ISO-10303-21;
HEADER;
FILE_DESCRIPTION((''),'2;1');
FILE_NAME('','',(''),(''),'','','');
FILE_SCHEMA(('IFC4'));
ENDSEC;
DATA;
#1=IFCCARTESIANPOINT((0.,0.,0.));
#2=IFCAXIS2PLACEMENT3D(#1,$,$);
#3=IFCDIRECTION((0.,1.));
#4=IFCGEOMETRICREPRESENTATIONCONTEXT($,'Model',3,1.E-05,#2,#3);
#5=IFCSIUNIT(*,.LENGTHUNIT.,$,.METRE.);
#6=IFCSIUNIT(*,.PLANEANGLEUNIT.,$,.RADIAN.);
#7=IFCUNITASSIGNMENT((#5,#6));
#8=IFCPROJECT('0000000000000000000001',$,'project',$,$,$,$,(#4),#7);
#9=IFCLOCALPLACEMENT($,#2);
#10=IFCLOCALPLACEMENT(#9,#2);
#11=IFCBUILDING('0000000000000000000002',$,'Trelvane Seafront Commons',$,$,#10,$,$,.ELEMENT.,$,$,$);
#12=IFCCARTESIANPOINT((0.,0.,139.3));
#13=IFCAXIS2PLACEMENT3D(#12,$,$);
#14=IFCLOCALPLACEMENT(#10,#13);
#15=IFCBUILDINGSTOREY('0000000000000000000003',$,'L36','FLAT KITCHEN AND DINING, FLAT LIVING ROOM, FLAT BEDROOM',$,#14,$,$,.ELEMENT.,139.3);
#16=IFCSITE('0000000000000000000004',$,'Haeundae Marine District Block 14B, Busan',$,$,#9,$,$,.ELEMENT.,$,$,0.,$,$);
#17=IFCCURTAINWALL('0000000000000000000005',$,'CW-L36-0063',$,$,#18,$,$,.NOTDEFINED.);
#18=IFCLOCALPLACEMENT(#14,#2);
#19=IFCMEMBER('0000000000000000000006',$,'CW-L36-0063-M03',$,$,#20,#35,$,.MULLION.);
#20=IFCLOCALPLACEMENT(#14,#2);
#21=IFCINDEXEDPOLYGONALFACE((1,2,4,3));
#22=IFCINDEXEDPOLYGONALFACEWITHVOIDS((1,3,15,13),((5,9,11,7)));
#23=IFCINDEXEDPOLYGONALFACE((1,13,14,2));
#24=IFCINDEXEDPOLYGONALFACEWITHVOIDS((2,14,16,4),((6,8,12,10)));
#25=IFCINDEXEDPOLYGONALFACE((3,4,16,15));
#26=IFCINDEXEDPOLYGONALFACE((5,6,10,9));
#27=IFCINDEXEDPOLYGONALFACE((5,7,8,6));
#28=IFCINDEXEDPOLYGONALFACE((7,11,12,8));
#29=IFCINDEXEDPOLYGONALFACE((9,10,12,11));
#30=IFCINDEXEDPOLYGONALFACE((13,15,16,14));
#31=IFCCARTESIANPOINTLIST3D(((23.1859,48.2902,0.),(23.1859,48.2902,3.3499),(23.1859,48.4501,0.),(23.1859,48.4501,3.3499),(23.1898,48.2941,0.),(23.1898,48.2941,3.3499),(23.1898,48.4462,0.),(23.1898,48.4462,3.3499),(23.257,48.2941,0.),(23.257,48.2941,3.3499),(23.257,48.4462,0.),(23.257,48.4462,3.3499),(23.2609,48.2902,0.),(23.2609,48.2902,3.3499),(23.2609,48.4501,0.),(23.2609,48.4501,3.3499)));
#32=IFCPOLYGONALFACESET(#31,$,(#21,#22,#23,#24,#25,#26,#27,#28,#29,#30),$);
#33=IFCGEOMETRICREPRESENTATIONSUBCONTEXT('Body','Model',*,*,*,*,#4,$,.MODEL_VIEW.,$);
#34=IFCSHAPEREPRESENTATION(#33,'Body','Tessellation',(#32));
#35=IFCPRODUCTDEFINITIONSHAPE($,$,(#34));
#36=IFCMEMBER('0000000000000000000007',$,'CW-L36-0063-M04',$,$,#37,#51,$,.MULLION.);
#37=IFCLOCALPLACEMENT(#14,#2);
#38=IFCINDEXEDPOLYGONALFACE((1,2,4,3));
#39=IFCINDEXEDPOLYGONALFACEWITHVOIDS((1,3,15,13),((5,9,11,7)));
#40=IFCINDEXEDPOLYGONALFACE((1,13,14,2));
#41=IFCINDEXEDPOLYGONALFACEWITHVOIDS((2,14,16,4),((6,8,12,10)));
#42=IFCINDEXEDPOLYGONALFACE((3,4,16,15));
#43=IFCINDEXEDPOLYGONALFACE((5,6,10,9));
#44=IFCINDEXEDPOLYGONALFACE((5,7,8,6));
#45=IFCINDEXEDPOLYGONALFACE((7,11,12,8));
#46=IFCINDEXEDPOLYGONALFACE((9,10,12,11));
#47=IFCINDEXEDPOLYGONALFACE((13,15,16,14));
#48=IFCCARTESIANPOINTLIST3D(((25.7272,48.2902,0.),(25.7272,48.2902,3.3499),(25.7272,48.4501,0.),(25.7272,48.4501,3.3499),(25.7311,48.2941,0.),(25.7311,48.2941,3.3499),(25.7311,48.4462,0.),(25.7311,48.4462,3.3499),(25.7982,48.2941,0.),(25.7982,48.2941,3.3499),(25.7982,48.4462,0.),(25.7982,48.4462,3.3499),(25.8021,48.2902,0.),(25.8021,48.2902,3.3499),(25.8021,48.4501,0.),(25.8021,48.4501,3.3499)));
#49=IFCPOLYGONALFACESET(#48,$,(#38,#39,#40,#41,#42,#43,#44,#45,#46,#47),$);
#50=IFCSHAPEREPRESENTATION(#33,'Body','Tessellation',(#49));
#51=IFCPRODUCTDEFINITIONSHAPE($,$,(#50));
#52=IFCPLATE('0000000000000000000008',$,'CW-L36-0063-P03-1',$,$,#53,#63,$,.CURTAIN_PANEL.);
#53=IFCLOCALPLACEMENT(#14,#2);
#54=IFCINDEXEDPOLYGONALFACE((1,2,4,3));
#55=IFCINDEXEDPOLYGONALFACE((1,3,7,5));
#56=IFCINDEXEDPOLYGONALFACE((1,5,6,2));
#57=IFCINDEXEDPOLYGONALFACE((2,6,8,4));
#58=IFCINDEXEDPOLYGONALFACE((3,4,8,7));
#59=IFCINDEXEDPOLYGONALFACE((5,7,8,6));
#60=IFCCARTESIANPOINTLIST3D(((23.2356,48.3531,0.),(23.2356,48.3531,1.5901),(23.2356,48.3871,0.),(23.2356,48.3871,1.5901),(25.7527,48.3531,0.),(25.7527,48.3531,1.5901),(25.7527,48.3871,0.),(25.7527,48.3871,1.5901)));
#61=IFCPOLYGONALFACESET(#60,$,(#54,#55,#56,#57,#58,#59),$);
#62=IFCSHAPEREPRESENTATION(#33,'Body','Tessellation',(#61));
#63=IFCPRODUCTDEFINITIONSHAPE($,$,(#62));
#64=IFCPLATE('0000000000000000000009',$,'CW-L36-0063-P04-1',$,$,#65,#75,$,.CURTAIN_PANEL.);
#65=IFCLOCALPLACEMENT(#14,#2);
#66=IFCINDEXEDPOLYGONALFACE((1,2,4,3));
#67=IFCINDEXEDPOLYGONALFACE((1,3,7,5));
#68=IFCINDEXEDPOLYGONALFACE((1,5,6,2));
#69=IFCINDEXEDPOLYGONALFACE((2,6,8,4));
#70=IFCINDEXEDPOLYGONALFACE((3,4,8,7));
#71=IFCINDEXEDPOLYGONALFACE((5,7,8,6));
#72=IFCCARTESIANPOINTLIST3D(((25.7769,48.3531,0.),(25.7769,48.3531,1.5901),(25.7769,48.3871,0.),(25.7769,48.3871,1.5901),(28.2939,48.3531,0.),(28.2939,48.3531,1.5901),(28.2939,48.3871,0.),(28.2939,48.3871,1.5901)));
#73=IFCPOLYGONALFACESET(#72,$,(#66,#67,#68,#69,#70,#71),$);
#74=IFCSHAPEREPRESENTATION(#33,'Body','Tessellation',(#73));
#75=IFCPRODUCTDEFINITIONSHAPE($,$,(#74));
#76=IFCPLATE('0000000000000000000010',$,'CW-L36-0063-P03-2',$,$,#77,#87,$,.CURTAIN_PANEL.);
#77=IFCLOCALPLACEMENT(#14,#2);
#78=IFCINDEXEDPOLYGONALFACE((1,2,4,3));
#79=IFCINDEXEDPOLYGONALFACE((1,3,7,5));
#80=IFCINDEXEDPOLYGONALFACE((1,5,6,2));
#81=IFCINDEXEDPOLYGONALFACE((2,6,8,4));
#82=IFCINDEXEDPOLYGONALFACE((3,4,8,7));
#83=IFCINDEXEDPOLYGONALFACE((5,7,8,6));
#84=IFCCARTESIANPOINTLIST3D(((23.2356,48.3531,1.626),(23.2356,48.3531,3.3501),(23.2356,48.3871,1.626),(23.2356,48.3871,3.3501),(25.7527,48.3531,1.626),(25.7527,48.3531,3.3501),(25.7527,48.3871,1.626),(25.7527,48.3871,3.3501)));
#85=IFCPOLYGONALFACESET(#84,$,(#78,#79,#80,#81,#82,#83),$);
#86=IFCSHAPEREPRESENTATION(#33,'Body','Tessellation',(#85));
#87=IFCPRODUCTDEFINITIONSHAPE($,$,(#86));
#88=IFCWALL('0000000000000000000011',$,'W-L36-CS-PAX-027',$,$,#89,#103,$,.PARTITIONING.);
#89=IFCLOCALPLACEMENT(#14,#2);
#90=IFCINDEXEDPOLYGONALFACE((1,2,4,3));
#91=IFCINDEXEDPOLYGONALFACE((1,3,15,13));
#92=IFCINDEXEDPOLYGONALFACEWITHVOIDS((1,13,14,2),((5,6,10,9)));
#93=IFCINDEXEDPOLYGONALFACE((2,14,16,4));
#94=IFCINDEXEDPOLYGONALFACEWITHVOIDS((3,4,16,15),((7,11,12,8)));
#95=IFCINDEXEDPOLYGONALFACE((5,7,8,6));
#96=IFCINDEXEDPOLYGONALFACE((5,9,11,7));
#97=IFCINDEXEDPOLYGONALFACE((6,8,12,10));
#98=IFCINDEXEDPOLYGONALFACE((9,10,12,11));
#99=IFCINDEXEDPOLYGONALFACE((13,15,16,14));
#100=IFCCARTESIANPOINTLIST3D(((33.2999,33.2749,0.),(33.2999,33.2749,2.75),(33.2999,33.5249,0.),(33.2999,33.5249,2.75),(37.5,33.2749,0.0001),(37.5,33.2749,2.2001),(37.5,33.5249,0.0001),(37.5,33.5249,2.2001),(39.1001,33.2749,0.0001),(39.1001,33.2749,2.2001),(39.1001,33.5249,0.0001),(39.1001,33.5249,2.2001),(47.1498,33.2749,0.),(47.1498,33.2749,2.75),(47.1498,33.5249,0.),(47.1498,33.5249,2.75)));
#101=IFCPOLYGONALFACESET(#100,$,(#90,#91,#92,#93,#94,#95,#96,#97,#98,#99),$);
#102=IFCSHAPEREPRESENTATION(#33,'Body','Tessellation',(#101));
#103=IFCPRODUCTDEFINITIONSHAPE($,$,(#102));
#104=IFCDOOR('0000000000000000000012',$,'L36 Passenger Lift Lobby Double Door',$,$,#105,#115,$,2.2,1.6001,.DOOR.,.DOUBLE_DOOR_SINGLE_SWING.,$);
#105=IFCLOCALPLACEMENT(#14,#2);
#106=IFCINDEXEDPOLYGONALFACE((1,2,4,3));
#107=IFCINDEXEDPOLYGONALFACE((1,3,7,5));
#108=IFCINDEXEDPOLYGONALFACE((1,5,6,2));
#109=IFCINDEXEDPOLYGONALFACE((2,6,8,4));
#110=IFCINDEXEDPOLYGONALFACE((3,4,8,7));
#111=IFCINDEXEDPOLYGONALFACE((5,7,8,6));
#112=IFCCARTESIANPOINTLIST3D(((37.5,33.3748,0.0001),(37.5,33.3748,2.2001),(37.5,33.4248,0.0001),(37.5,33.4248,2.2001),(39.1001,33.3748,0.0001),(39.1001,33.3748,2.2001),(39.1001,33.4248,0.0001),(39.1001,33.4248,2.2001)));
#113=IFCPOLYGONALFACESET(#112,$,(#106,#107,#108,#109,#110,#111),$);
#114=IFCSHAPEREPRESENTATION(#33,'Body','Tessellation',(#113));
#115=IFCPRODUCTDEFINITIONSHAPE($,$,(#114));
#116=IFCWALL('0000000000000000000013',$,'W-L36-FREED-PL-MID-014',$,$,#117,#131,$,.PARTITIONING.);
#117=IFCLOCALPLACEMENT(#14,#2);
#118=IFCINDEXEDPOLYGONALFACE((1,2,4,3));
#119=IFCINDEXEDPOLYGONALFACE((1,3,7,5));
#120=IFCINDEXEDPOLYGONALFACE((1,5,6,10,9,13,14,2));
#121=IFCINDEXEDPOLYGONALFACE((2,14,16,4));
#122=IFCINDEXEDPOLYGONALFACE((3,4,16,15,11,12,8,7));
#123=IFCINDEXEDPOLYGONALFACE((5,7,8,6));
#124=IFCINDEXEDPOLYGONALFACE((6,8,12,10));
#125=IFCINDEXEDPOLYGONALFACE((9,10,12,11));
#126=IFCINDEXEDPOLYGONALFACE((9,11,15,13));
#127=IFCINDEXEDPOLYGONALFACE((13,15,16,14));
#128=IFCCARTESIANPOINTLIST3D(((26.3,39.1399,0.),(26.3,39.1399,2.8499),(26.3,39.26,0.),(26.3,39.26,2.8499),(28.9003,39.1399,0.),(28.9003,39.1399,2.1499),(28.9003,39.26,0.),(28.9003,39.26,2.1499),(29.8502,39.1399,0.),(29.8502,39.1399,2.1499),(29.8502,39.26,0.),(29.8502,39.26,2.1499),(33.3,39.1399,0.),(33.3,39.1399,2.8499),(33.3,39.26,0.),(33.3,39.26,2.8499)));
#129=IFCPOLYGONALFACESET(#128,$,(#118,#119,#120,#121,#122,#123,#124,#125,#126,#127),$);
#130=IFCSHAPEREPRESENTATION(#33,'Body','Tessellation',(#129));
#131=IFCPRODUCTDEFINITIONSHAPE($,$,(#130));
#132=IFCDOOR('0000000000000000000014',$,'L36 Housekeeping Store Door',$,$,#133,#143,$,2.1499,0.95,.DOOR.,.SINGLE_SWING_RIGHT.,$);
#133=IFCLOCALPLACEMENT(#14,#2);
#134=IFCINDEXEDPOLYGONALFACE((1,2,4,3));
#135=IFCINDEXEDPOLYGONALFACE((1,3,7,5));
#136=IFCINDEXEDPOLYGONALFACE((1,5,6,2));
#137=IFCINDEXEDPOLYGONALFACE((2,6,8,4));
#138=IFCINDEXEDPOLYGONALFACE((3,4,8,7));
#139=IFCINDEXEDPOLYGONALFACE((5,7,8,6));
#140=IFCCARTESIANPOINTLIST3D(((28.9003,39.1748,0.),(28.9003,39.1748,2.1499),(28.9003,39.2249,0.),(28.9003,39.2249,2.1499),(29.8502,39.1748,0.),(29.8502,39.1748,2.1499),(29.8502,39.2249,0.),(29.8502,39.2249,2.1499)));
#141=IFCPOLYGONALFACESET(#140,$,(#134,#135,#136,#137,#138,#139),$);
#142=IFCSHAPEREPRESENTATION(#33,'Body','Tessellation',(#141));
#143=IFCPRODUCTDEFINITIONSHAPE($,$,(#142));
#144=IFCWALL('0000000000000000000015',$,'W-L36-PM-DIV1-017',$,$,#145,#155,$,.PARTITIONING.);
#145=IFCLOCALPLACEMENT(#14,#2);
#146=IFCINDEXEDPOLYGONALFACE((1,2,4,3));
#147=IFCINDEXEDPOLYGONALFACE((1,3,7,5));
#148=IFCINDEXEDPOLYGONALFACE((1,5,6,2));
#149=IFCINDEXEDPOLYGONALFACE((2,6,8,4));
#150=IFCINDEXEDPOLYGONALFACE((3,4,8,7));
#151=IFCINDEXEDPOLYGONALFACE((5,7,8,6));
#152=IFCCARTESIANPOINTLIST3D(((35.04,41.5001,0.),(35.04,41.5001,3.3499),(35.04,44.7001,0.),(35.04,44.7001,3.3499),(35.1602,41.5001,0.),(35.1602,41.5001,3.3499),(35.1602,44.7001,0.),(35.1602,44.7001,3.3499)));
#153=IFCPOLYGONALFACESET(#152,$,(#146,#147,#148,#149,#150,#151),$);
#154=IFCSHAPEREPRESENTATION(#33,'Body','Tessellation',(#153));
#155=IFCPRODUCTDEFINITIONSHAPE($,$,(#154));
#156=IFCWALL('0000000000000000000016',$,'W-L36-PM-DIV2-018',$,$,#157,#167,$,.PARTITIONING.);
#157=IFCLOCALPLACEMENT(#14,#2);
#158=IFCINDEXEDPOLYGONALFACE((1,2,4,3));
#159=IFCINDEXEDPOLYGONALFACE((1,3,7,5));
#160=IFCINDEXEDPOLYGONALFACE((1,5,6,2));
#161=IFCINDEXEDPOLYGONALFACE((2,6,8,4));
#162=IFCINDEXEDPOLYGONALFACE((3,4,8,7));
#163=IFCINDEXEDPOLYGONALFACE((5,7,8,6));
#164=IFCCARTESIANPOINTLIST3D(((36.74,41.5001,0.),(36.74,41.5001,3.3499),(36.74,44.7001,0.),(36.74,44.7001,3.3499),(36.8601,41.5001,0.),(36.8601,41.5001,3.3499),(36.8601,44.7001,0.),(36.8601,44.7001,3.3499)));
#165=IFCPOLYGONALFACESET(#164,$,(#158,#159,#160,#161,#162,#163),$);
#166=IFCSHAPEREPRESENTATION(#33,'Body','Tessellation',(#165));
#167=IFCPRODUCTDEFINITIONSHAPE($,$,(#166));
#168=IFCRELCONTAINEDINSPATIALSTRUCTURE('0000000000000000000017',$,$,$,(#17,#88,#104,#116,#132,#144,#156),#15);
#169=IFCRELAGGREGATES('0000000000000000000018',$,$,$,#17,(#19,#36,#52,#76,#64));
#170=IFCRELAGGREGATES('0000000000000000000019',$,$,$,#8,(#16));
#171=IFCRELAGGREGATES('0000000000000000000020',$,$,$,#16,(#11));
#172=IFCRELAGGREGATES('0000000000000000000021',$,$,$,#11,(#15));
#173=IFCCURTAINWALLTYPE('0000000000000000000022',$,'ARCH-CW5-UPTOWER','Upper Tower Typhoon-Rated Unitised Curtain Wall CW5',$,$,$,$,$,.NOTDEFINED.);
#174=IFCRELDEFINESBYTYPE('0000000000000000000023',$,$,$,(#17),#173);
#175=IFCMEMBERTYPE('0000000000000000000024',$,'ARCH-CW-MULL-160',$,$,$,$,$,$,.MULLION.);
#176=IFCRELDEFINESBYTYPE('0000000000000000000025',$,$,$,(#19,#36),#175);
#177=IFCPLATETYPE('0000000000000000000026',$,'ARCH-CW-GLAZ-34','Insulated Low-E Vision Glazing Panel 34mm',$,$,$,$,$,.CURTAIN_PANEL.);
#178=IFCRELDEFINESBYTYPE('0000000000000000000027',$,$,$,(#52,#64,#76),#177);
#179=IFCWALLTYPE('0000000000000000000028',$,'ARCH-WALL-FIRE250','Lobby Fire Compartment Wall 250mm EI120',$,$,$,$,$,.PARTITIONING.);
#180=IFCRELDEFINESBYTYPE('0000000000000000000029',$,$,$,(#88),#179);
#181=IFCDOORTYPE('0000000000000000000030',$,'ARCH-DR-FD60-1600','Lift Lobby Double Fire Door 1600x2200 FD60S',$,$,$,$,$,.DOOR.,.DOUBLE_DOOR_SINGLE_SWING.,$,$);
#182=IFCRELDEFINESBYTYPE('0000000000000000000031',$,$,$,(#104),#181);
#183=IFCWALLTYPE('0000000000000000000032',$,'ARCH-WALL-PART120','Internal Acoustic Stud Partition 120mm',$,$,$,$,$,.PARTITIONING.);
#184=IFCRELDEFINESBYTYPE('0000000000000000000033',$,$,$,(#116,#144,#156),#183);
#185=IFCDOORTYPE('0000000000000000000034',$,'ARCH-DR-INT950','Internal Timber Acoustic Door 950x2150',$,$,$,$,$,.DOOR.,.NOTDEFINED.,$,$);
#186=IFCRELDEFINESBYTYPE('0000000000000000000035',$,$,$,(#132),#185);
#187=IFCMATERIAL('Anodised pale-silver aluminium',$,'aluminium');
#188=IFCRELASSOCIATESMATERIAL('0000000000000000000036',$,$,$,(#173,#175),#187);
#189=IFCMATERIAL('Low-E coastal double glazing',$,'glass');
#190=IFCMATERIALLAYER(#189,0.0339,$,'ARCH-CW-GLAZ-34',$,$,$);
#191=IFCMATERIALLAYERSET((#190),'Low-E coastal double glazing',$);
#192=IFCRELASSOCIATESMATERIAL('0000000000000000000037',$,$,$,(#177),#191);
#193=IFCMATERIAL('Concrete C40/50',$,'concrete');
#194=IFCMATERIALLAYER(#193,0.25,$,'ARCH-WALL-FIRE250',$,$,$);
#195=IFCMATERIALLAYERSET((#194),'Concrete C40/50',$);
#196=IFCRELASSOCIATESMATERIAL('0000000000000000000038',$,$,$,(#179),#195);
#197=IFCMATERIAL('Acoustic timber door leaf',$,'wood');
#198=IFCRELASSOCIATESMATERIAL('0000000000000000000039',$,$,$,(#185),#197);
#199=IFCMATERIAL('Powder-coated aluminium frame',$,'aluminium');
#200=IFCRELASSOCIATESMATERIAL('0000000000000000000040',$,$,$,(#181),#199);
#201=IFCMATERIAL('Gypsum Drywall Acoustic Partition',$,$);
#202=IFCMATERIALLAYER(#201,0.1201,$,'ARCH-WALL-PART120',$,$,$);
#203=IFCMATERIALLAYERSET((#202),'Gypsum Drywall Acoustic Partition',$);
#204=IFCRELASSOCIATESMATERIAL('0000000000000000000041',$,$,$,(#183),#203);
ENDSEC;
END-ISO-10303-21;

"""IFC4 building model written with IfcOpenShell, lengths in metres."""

from ifc_helpers import new_model, si_unit, direction, frame, frame_2d, origin, origin_2d, place, context, subcontext, project, spatial, rectangle, hollow_rectangle, extrude, source, transform, mapped, material, layer, layer_set, material_profile, profile_set, type_object, element, fill, aggregate, save


model = new_model("IFC4")

# Units and contexts
model_context = context("Model", 3, precision=1e-05, world=origin(), true_north=direction((0.0, 1.0)))
body_context = subcontext(model_context, "Body", "Model", "MODEL_VIEW")
ifc_project = project(units=[si_unit("LENGTHUNIT", "METRE"), si_unit("PLANEANGLEUNIT", "RADIAN")], contexts=[model_context])

# Site, building, storey
site_placement = place(None, origin())
site = spatial("IfcSite", under=ifc_project, at=site_placement, Name="Haeundae Marine District Block 14B, Busan", CompositionType="ELEMENT", RefElevation=0.0)
building_placement = place(site_placement, origin())
building = spatial("IfcBuilding", under=site, at=building_placement, Name="Trelvane Seafront Commons", CompositionType="ELEMENT")
storey_placement = place(building_placement, frame((0.0, 0.0, 139.3)))
storey = spatial("IfcBuildingStorey", under=building, at=storey_placement, Name="L36", Description="FLAT KITCHEN AND DINING, FLAT LIVING ROOM, FLAT BEDROOM", CompositionType="ELEMENT", Elevation=139.3)

# Curtain wall, members, plates
ifc_material_1 = material(Name="Anodised pale-silver aluminium", Category="aluminium")
curtain_wall_type = type_object("IfcCurtainWallType", Name="ARCH-CW5-UPTOWER", Description="Upper Tower Typhoon-Rated Unitised Curtain Wall CW5", PredefinedType="NOTDEFINED", material=ifc_material_1)
curtain_wall_placement = place(storey_placement, origin())
curtain_wall = element("IfcCurtainWall", 1, at=curtain_wall_placement, inside=storey, type_object=curtain_wall_type, Name="CW-L36-0063", PredefinedType="NOTDEFINED")
ifc_material_profile_1 = material_profile(ifc_material_1, hollow_rectangle(XDim=0.075, YDim=0.1599, WallThickness=0.0039, at=origin_2d()), Name="MULL-75x160x4")
ifc_profile_set_1 = profile_set([ifc_material_profile_1], Name="Anodised pale-silver aluminium")
member_type_1 = type_object("IfcMemberType", Name="ARCH-CW-MULL-160", PredefinedType="MULLION", material=ifc_profile_set_1)
shared_shape_1 = source(origin(), body_context, "Body", "SweptSolid", [
    extrude(hollow_rectangle(XDim=0.075, YDim=0.1599, WallThickness=0.0039, at=origin_2d()), origin(), (0.0, 0.0, 1.0), 3.3499),
])
member_1_placement = place(storey_placement, frame((23.2234, 48.3701, 0.0), z_axis=(0.0, 0.0, 1.0), x_axis=(1.0, 0.0, 0.0)))
member_1 = element("IfcMember", 2, at=member_1_placement, type_object=member_type_1, Name="CW-L36-0063-M03", PredefinedType="MULLION", context=body_context, shape_type="MappedRepresentation", body=[
    mapped(shared_shape_1, transform((0.0, 0.0, 0.0), x_axis=(1.0, 0.0, 0.0), y_axis=(0.0, 1.0, 0.0), z_axis=(0.0, 0.0, 1.0), scale=1.0)),
])
member_2_placement = place(storey_placement, frame((25.7646, 48.3701, 0.0), z_axis=(0.0, 0.0, 1.0), x_axis=(1.0, 0.0, 0.0)))
member_2 = element("IfcMember", 3, at=member_2_placement, type_object=member_type_1, Name="CW-L36-0063-M04", PredefinedType="MULLION", context=body_context, shape_type="MappedRepresentation", body=[
    mapped(shared_shape_1, transform((0.0, 0.0, 0.0), x_axis=(1.0, 0.0, 0.0), y_axis=(0.0, 1.0, 0.0), z_axis=(0.0, 0.0, 1.0), scale=1.0)),
])
ifc_material_2 = material(Name="Low-E coastal double glazing", Category="glass")
ifc_layer_1 = layer(ifc_material_2, 0.0339, Name="ARCH-CW-GLAZ-34")
ifc_layer_set_1 = layer_set([ifc_layer_1], Name="Low-E coastal double glazing")
plate_type = type_object("IfcPlateType", Name="ARCH-CW-GLAZ-34", Description="Insulated Low-E Vision Glazing Panel 34mm", PredefinedType="CURTAIN_PANEL", material=ifc_layer_set_1)
shared_shape_2 = source(origin(), body_context, "Body", "SweptSolid", [
    extrude(rectangle(XDim=2.5171, YDim=0.0339, at=origin_2d()), origin(), (0.0, 0.0, 1.0), 1.5901),
])
plate_1_placement = place(storey_placement, frame((24.4941, 48.3701, 0.0), z_axis=(0.0, 0.0, 1.0), x_axis=(1.0, 0.0, 0.0)))
plate_1 = element("IfcPlate", 4, at=plate_1_placement, type_object=plate_type, Name="CW-L36-0063-P03-1", PredefinedType="CURTAIN_PANEL", context=body_context, shape_type="MappedRepresentation", body=[
    mapped(shared_shape_2, transform((0.0, 0.0, 0.0), x_axis=(1.0, 0.0, 0.0), y_axis=(0.0, 1.0, 0.0), z_axis=(0.0, 0.0, 1.0), scale=1.0)),
])
plate_2_placement = place(storey_placement, frame((27.0354, 48.3701, 0.0), z_axis=(0.0, 0.0, 1.0), x_axis=(1.0, 0.0, 0.0)))
plate_2 = element("IfcPlate", 5, at=plate_2_placement, type_object=plate_type, Name="CW-L36-0063-P04-1", PredefinedType="CURTAIN_PANEL", context=body_context, shape_type="MappedRepresentation", body=[
    mapped(shared_shape_2, transform((0.0, 0.0, 0.0), x_axis=(1.0, 0.0, 0.0), y_axis=(0.0, 1.0, 0.0), z_axis=(0.0, 0.0, 1.0), scale=1.0)),
])
shared_shape_3 = source(origin(), body_context, "Body", "SweptSolid", [
    extrude(rectangle(XDim=2.5171, YDim=0.0339, at=origin_2d()), origin(), (0.0, 0.0, 1.0), 1.7241),
])
plate_3_placement = place(storey_placement, frame((24.4941, 48.3701, 1.626), z_axis=(0.0, 0.0, 1.0), x_axis=(1.0, 0.0, 0.0)))
plate_3 = element("IfcPlate", 6, at=plate_3_placement, type_object=plate_type, Name="CW-L36-0063-P03-2", PredefinedType="CURTAIN_PANEL", context=body_context, shape_type="MappedRepresentation", body=[
    mapped(shared_shape_3, transform((0.0, 0.0, 0.0), x_axis=(1.0, 0.0, 0.0), y_axis=(0.0, 1.0, 0.0), z_axis=(0.0, 0.0, 1.0), scale=1.0)),
])
aggregate(curtain_wall, [member_1, member_2, plate_1, plate_3, plate_2])

# Walls, openings, doors
ifc_material_3 = material(Name="Concrete C40/50", Category="concrete")
ifc_layer_2 = layer(ifc_material_3, 0.25, Name="ARCH-WALL-FIRE250")
ifc_layer_set_2 = layer_set([ifc_layer_2], Name="Concrete C40/50")
wall_type_1 = type_object("IfcWallType", Name="ARCH-WALL-FIRE250", Description="Lobby Fire Compartment Wall 250mm EI120", PredefinedType="PARTITIONING", material=ifc_layer_set_2)
ifc_material_4 = material(Name="Acoustic timber door leaf", Category="wood")
door_type_1 = type_object("IfcDoorType", Name="ARCH-DR-INT950", Description="Internal Timber Acoustic Door 950x2150", OperationType="NOTDEFINED", PredefinedType="DOOR", material=ifc_material_4)
shared_shape_4 = source(origin(), body_context, "Body", "SweptSolid", [
    extrude(rectangle(XDim=0.95, YDim=2.1499, at=frame_2d((0.4751, 1.075))), frame((0.0, 0.0249, 0.0), z_axis=(0.0, -1.0, 0.0), x_axis=(1.0, 0.0, 0.0)), (0.0, 0.0, 1.0), 0.05),
])
wall_1_placement = place(storey_placement, frame((33.3, 33.3999, 0.0), z_axis=(0.0, 0.0, 1.0), x_axis=(1.0, 0.0, 0.0)))
wall_1 = element("IfcWall", 7, at=wall_1_placement, inside=storey, type_object=wall_type_1, Name="W-L36-CS-PAX-027", PredefinedType="PARTITIONING", context=body_context, shape_type="SweptSolid", body=[
    extrude(rectangle(XDim=13.8499, YDim=0.25, at=frame_2d((6.9248, 0.0))), origin(), (0.0, 0.0, 1.0), 2.75),
])
opening_1_placement = place(wall_1_placement, frame((4.2, 0.0, 0.0)))
opening_1 = element("IfcOpeningElement", 8, at=opening_1_placement, cuts=wall_1, PredefinedType="OPENING", context=body_context, shape_type="SweptSolid", body=[
    extrude(rectangle(XDim=1.6001, YDim=2.2, at=frame_2d((0.8, 1.1001))), frame((0.0, 0.135, 0.0), z_axis=(0.0, -1.0, 0.0), x_axis=(1.0, 0.0, 0.0)), (0.0, 0.0, 1.0), 0.27),
])
ifc_material_5 = material(Name="Powder-coated aluminium frame", Category="aluminium")
door_type_2 = type_object("IfcDoorType", Name="ARCH-DR-FD60-1600", Description="Lift Lobby Double Fire Door 1600x2200 FD60S", OperationType="DOUBLE_DOOR_SINGLE_SWING", PredefinedType="DOOR", material=ifc_material_5)
shared_shape_5 = source(origin(), body_context, "Body", "SweptSolid", [
    extrude(rectangle(XDim=1.6001, YDim=2.2, at=frame_2d((0.8, 1.1001))), frame((0.0, 0.0249, 0.0), z_axis=(0.0, -1.0, 0.0), x_axis=(1.0, 0.0, 0.0)), (0.0, 0.0, 1.0), 0.05),
])
door_1_placement = place(opening_1_placement, origin())
door_1 = element("IfcDoor", 9, at=door_1_placement, inside=storey, type_object=door_type_2, Name="L36 Passenger Lift Lobby Double Door", OperationType="DOUBLE_DOOR_SINGLE_SWING", OverallHeight=2.2, OverallWidth=1.6001, PredefinedType="DOOR", context=body_context, shape_type="MappedRepresentation", body=[
    mapped(shared_shape_5, transform((0.0, 0.0, 0.0), x_axis=(1.0, 0.0, 0.0), y_axis=(0.0, 1.0, 0.0), z_axis=(0.0, 0.0, 1.0), scale=1.0)),
])
fill(opening_1, door_1)
ifc_material_6 = material(Name="Gypsum Drywall Acoustic Partition")
ifc_layer_3 = layer(ifc_material_6, 0.1201, Name="ARCH-WALL-PART120")
ifc_layer_set_3 = layer_set([ifc_layer_3], Name="Gypsum Drywall Acoustic Partition")
wall_type_2 = type_object("IfcWallType", Name="ARCH-WALL-PART120", Description="Internal Acoustic Stud Partition 120mm", PredefinedType="PARTITIONING", material=ifc_layer_set_3)
wall_2_placement = place(storey_placement, frame((26.3, 39.2, 0.0), z_axis=(0.0, 0.0, 1.0), x_axis=(1.0, 0.0, 0.0)))
wall_2 = element("IfcWall", 10, at=wall_2_placement, inside=storey, type_object=wall_type_2, Name="W-L36-FREED-PL-MID-014", PredefinedType="PARTITIONING", context=body_context, shape_type="SweptSolid", body=[
    extrude(rectangle(XDim=7.0, YDim=0.1201, at=frame_2d((3.5, 0.0))), origin(), (0.0, 0.0, 1.0), 2.8499),
])
opening_2_placement = place(wall_2_placement, frame((2.6001, 0.0, 0.0)))
opening_2 = element("IfcOpeningElement", 11, at=opening_2_placement, cuts=wall_2, PredefinedType="OPENING", context=body_context, shape_type="SweptSolid", body=[
    extrude(rectangle(XDim=0.95, YDim=2.1499, at=frame_2d((0.4751, 1.075))), frame((0.0, 0.0701, 0.0), z_axis=(0.0, -1.0, 0.0), x_axis=(1.0, 0.0, 0.0)), (0.0, 0.0, 1.0), 0.1401),
])
door_2_placement = place(opening_2_placement, origin())
door_2 = element("IfcDoor", 12, at=door_2_placement, inside=storey, type_object=door_type_1, Name="L36 Housekeeping Store Door", OperationType="SINGLE_SWING_RIGHT", OverallHeight=2.1499, OverallWidth=0.95, PredefinedType="DOOR", context=body_context, shape_type="MappedRepresentation", body=[
    mapped(shared_shape_4, transform((0.0, 0.0, 0.0), x_axis=(1.0, 0.0, 0.0), y_axis=(0.0, 1.0, 0.0), z_axis=(0.0, 0.0, 1.0), scale=1.0)),
])
fill(opening_2, door_2)

# Walls
for number, where, z_axis, x_axis, name in (
    (13, (35.1001, 41.5, 0.0), (0.0, 0.0, 1.0), (0.0, 1.0, 0.0), "W-L36-PM-DIV1-017"),
    (14, (36.8, 41.5, 0.0), (0.0, 0.0, 1.0), (0.0, 1.0, 0.0), "W-L36-PM-DIV2-018"),
):
    element("IfcWall", number, at=place(storey_placement, frame(where, z_axis=z_axis, x_axis=x_axis)), inside=storey, type_object=wall_type_2, Name=name, PredefinedType="PARTITIONING", context=body_context, shape_type="SweptSolid", body=[
        extrude(rectangle(XDim=3.2, YDim=0.1201, at=frame_2d((1.6001, 0.0))), origin(), (0.0, 0.0, 1.0), 3.3499),
    ])

save(model, "model.ifc")
